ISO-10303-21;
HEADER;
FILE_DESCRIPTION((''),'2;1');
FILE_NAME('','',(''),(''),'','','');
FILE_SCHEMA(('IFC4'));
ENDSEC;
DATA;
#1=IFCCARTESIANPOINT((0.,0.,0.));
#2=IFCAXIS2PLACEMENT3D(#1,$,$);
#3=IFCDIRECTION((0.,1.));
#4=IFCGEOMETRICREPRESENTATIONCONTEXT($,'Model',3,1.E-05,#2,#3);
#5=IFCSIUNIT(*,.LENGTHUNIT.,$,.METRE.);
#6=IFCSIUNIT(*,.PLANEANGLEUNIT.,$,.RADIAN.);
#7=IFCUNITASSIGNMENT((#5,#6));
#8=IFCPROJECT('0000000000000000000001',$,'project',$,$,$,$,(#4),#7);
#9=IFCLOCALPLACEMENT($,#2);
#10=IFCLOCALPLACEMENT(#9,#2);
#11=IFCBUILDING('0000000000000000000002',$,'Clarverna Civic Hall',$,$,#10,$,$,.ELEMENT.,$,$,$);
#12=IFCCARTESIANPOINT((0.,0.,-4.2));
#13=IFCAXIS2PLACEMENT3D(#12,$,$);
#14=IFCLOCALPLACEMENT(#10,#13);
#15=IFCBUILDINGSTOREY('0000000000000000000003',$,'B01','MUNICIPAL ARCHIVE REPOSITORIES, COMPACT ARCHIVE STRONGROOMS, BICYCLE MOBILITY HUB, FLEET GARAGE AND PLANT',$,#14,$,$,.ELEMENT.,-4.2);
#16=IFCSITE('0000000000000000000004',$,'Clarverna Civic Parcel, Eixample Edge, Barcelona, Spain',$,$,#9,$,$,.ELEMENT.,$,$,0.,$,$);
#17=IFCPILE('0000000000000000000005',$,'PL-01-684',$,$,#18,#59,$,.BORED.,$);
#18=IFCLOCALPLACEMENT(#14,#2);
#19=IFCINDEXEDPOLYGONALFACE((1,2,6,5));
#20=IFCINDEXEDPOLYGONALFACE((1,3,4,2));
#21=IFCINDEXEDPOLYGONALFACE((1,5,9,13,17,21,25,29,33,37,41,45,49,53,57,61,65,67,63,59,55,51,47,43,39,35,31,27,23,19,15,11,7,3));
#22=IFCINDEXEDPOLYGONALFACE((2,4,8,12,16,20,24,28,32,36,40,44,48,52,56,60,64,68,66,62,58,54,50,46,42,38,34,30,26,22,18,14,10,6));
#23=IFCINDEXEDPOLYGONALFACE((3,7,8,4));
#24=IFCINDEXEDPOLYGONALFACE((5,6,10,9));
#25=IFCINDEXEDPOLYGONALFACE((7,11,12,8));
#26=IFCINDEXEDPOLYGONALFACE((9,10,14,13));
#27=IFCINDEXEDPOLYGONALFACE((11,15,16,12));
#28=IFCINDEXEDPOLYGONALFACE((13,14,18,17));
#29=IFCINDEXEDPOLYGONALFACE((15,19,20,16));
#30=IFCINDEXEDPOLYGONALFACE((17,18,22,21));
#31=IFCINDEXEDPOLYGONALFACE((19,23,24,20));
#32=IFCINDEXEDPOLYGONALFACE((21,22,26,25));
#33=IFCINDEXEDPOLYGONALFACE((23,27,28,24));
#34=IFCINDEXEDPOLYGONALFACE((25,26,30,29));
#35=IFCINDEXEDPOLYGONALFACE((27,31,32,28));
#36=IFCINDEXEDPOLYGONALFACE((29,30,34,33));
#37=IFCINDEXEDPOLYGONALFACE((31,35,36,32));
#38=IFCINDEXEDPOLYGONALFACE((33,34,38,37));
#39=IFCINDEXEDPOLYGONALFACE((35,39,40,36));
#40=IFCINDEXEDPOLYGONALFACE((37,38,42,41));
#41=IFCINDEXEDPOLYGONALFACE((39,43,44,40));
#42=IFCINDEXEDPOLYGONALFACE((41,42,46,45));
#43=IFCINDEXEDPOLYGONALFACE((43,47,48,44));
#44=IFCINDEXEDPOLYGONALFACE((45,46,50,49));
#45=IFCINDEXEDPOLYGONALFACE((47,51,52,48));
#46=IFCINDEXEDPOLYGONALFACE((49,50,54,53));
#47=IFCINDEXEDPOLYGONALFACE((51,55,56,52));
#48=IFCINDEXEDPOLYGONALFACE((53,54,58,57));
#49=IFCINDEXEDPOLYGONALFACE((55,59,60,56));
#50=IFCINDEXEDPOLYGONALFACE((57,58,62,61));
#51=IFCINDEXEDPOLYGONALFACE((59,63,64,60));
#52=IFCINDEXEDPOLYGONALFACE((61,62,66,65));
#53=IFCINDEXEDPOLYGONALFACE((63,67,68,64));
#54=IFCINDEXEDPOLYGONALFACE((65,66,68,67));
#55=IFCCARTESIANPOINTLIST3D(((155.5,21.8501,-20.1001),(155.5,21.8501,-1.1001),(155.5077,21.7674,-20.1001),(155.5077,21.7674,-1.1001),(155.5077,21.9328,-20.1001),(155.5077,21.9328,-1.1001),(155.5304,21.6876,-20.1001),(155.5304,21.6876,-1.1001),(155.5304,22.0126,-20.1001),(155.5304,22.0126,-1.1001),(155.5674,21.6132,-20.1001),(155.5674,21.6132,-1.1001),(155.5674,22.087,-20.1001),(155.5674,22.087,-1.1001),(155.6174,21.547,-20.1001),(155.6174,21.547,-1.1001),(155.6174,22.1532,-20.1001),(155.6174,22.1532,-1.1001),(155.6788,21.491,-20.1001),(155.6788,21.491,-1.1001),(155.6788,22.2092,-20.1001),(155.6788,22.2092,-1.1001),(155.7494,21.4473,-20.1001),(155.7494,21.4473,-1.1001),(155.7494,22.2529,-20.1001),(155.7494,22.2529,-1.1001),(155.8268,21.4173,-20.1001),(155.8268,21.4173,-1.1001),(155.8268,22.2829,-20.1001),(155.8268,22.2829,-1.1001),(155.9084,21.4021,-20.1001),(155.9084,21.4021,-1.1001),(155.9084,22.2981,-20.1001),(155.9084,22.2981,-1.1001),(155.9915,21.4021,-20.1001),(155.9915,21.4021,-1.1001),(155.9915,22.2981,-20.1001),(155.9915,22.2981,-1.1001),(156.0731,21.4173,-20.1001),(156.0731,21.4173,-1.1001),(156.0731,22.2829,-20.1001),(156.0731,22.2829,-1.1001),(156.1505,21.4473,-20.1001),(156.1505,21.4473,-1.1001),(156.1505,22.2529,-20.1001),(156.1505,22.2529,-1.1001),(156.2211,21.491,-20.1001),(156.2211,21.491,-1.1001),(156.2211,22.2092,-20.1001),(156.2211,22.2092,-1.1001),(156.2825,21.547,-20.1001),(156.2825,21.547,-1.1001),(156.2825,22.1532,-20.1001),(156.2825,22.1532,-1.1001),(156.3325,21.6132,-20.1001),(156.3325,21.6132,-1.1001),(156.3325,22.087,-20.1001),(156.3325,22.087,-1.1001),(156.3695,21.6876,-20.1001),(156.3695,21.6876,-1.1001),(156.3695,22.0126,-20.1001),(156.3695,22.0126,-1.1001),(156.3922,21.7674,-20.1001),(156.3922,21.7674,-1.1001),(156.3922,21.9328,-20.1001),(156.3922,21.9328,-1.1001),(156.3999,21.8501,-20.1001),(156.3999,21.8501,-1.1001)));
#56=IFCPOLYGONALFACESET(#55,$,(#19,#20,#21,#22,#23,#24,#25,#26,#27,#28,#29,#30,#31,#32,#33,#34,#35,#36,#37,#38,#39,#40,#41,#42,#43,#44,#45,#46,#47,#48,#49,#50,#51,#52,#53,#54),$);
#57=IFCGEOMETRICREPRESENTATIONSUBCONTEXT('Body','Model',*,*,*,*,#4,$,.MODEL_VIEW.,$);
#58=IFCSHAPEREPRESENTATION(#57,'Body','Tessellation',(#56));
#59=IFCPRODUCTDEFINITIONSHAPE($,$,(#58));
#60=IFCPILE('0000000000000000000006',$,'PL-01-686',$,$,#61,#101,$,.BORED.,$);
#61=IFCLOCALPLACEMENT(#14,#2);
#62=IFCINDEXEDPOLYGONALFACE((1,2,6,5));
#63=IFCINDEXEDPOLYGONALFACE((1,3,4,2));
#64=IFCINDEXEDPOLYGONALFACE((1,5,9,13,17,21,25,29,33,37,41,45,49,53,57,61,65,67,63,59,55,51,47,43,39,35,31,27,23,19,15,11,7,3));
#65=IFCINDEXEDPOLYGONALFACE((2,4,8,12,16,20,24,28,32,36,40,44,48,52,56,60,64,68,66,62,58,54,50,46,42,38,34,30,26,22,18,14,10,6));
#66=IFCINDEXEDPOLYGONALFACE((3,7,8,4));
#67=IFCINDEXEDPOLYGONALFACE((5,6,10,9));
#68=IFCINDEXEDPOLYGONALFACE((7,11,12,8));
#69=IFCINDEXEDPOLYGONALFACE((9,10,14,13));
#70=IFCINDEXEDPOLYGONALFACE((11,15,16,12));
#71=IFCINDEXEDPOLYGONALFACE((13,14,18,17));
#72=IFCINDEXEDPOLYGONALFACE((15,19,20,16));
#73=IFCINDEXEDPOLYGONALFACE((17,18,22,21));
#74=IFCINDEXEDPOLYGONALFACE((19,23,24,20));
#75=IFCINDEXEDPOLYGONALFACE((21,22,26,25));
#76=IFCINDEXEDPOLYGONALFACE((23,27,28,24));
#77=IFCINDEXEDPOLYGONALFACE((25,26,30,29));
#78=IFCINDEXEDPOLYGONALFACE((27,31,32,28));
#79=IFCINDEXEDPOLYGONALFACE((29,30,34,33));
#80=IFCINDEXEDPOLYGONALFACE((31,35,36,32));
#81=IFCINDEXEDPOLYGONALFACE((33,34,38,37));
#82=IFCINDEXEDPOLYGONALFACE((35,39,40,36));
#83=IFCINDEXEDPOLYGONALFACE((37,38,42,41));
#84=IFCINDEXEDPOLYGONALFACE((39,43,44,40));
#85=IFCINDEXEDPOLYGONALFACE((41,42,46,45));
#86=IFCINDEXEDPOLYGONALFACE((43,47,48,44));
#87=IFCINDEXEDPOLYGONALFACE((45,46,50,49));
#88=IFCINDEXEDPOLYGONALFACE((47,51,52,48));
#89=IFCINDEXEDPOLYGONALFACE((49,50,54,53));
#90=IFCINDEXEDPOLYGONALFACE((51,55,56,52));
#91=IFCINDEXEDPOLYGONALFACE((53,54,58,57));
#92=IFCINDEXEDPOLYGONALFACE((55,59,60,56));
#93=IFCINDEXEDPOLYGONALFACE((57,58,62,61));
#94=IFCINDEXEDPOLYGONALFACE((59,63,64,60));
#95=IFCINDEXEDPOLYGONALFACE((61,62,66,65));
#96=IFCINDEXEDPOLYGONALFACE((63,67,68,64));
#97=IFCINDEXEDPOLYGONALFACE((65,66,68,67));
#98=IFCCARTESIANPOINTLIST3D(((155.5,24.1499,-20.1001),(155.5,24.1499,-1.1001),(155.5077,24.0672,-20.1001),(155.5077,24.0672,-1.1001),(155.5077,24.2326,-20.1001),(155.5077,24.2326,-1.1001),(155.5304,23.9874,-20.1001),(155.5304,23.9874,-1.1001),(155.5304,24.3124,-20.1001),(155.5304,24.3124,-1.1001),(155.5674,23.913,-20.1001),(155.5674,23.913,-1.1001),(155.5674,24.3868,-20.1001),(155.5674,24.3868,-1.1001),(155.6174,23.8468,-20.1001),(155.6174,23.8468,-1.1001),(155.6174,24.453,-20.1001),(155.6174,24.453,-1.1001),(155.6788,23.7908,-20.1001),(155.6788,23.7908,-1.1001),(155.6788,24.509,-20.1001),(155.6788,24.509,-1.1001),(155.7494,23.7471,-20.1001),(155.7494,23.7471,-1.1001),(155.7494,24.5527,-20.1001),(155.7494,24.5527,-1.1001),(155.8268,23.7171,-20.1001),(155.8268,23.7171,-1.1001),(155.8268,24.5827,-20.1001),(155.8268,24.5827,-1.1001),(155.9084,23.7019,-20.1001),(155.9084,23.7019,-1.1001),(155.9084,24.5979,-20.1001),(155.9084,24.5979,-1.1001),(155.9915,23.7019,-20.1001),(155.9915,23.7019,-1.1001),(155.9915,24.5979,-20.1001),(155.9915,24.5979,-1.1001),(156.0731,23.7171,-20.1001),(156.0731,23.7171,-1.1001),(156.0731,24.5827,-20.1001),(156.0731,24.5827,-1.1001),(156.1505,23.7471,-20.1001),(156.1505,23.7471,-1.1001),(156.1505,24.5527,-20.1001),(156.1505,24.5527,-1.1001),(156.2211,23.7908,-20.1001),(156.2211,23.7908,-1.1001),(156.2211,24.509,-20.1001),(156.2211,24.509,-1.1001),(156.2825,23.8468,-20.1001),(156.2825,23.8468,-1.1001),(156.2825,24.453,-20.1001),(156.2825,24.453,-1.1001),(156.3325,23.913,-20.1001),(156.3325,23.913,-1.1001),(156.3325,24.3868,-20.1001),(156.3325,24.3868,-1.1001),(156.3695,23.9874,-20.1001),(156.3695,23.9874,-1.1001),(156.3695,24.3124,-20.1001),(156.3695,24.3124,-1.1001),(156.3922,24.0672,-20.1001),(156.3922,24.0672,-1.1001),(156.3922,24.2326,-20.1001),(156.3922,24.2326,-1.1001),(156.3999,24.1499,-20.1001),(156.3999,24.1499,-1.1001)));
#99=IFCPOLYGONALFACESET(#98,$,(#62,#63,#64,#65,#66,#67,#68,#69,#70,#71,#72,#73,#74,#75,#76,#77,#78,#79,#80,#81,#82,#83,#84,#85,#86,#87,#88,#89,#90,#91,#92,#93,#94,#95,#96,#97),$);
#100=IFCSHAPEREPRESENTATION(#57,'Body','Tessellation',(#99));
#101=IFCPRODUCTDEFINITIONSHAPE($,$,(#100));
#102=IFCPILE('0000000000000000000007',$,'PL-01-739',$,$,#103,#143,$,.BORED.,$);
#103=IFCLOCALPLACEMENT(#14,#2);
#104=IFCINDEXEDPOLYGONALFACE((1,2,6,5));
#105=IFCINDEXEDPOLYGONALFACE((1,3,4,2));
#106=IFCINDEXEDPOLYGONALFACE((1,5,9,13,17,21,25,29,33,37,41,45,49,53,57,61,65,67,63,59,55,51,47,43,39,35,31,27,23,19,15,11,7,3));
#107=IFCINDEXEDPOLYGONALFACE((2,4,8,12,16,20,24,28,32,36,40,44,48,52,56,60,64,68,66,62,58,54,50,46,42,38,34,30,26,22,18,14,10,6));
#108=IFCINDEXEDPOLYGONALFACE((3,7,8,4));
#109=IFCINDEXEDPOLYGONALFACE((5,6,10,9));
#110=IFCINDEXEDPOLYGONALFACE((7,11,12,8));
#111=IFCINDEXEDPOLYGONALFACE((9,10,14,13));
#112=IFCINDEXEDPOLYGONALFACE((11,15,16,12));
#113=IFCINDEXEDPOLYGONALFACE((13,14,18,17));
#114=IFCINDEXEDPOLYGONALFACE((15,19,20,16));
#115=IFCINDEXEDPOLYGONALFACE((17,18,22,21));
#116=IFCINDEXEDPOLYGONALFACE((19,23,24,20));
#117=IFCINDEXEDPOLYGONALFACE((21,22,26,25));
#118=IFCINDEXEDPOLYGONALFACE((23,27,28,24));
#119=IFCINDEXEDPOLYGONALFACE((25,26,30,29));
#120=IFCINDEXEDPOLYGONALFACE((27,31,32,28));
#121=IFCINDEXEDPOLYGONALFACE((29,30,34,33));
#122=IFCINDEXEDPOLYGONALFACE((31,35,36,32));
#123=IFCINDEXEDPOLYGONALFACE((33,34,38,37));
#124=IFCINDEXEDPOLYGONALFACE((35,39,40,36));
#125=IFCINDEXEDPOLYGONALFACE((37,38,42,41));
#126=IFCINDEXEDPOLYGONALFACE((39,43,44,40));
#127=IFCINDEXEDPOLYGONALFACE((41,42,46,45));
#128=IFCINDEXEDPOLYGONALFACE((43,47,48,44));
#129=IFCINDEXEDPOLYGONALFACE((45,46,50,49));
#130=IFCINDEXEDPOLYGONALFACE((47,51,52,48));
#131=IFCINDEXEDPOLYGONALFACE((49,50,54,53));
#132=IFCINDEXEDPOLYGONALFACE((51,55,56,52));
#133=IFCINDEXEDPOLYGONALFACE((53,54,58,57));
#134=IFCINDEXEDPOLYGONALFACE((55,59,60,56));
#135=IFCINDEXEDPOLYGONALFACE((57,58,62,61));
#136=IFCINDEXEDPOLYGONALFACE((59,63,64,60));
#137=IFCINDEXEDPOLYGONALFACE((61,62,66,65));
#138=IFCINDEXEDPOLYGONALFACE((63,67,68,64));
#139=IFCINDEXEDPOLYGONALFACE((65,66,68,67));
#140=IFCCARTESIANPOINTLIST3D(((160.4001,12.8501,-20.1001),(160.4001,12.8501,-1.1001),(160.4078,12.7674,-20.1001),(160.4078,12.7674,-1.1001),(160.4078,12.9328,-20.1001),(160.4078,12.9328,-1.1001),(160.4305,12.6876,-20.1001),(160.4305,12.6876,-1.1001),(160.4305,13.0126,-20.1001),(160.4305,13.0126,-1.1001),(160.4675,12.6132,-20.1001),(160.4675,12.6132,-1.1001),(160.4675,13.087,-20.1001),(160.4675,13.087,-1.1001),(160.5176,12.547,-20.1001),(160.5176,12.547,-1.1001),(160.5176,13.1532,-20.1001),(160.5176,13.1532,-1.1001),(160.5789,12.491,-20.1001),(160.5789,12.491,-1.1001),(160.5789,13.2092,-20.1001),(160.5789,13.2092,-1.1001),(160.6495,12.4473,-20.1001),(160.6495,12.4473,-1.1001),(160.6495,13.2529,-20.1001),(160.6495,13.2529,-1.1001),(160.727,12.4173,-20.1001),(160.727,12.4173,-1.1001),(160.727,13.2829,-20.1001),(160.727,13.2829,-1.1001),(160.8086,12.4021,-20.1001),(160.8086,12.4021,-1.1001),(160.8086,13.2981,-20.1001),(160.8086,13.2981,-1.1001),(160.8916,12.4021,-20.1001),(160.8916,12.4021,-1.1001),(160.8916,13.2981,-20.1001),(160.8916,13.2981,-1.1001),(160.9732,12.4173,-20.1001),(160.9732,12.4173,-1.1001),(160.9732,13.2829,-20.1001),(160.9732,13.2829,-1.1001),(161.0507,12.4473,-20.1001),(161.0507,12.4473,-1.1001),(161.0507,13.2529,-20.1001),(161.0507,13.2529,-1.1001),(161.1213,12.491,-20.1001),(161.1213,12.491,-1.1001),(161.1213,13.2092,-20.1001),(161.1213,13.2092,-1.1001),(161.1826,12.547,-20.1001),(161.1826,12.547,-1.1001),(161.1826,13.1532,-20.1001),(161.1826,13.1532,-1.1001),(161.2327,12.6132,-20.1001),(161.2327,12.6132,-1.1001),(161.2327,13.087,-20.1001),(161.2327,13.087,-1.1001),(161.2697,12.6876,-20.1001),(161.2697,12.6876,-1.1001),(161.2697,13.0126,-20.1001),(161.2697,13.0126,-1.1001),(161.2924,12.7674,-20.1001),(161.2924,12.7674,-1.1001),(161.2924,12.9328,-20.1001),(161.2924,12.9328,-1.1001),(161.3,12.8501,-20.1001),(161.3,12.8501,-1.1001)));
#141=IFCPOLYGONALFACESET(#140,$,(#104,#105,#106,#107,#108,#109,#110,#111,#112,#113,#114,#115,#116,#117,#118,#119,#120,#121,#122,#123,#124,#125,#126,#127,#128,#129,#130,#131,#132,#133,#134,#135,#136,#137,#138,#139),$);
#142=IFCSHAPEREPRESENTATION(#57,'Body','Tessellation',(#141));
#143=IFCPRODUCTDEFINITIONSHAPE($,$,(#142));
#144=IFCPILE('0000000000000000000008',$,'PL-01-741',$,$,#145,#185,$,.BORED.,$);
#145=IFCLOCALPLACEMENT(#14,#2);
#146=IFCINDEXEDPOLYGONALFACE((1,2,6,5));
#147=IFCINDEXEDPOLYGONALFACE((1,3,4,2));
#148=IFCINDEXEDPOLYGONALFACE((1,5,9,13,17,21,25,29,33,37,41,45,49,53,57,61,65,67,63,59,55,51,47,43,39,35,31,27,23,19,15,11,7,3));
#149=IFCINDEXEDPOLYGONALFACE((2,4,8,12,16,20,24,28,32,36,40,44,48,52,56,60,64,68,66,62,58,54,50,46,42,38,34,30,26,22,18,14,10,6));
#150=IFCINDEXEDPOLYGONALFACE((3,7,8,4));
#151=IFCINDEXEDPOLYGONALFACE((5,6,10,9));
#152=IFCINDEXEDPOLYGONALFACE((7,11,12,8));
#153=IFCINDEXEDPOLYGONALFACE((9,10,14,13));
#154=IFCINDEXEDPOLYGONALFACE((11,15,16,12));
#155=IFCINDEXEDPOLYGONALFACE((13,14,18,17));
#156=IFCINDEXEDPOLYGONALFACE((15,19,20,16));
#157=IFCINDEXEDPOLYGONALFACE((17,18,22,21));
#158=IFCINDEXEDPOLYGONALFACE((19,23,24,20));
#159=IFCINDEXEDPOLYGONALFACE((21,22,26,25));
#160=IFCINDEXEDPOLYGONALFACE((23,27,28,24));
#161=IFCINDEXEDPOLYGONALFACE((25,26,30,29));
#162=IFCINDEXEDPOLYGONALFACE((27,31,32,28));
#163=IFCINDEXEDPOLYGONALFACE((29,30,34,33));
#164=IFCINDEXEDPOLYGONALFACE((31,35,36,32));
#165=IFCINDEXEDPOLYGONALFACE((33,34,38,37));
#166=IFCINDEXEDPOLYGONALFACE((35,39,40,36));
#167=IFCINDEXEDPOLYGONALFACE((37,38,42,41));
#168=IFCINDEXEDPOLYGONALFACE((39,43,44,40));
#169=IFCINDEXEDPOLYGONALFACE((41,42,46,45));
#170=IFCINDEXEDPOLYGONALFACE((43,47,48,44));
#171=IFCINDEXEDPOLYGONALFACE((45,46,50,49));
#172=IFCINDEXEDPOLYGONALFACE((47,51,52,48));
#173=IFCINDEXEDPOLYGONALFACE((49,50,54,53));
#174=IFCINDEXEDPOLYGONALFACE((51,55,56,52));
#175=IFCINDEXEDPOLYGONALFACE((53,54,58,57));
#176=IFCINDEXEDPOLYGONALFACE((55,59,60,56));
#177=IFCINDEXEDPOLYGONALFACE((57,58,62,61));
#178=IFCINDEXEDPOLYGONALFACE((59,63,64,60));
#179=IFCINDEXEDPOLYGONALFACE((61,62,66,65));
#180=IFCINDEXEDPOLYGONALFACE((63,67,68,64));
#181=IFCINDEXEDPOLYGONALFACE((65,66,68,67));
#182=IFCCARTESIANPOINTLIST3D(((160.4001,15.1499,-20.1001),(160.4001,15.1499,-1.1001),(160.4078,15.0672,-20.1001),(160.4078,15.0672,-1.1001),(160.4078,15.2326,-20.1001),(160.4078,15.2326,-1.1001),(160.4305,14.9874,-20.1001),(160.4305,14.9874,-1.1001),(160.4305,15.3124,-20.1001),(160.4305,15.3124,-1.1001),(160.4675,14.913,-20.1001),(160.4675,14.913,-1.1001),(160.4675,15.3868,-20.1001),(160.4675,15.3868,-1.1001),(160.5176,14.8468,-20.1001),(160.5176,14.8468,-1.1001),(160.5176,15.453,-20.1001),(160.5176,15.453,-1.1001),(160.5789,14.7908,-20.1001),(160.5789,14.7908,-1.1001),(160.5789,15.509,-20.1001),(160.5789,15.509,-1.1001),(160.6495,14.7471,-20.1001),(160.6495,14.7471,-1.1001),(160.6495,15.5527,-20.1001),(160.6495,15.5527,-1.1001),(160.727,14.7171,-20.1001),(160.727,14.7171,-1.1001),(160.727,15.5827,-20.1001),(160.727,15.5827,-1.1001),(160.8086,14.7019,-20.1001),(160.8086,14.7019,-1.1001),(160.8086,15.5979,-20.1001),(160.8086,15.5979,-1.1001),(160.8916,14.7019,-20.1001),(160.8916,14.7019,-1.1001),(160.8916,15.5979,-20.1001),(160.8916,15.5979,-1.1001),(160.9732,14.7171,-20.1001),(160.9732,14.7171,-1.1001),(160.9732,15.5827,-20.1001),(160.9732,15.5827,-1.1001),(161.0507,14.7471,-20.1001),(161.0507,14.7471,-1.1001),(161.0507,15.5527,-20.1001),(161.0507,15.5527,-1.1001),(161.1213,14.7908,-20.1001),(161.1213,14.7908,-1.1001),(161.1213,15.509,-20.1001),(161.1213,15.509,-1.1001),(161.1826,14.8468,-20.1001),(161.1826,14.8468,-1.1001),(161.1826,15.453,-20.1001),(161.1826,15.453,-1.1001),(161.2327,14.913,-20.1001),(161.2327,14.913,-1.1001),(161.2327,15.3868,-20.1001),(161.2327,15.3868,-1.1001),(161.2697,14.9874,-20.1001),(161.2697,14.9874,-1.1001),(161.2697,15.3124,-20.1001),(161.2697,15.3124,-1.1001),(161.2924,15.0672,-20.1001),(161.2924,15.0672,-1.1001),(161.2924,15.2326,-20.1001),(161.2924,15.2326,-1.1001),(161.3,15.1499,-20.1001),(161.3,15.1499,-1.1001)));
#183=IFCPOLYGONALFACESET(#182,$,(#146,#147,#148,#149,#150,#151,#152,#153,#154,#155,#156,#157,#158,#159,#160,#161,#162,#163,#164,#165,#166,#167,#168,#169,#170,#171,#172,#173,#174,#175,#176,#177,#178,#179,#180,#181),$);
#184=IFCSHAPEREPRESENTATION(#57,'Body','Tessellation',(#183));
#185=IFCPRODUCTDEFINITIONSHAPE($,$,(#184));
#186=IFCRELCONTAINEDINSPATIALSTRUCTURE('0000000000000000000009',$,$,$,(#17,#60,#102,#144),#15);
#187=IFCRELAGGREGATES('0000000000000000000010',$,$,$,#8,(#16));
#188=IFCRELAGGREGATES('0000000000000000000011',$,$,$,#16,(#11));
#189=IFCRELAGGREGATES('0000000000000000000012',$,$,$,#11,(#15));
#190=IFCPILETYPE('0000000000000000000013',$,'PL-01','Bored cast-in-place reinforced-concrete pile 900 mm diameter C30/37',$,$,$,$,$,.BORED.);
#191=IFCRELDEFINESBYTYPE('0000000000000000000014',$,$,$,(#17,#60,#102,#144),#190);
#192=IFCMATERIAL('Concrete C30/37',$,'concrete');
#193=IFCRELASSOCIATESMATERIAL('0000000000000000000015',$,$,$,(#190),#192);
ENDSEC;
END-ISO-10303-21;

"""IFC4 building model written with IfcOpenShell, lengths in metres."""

from ifc_helpers import new_model, si_unit, direction, frame, origin, origin_2d, place, context, subcontext, project, spatial, circle, extrude, material, material_profile, profile_set, type_object, element, save


model = new_model("IFC4")

# Units and contexts
model_context = context("Model", 3, precision=1e-05, world=origin(), true_north=direction((0.0, 1.0)))
body_context = subcontext(model_context, "Body", "Model", "MODEL_VIEW")
ifc_project = project(units=[si_unit("LENGTHUNIT", "METRE"), si_unit("PLANEANGLEUNIT", "RADIAN")], contexts=[model_context])

# Site, building, storey
site_placement = place(None, origin())
site = spatial("IfcSite", under=ifc_project, at=site_placement, Name="Clarverna Civic Parcel, Eixample Edge, Barcelona, Spain", CompositionType="ELEMENT", RefElevation=0.0)
building_placement = place(site_placement, origin())
building = spatial("IfcBuilding", under=site, at=building_placement, Name="Clarverna Civic Hall", CompositionType="ELEMENT")
storey_placement = place(building_placement, frame((0.0, 0.0, -4.2)))
storey = spatial("IfcBuildingStorey", under=building, at=storey_placement, Name="B01", Description="MUNICIPAL ARCHIVE REPOSITORIES, COMPACT ARCHIVE STRONGROOMS, BICYCLE MOBILITY HUB, FLEET GARAGE AND PLANT", CompositionType="ELEMENT", Elevation=-4.2)

# Shared definitions
ifc_material_1 = material(Name="Concrete C30/37", Category="concrete")

# Piles
ifc_material_profile_1 = material_profile(ifc_material_1, circle(Radius=0.45, at=origin_2d()), Name="BORED PILE D900")
ifc_profile_set_1 = profile_set([ifc_material_profile_1], Name="Concrete C30/37")
pile_type = type_object("IfcPileType", Name="PL-01", Description="Bored cast-in-place reinforced-concrete pile 900 mm diameter C30/37", PredefinedType="BORED", material=ifc_profile_set_1)
for number, where, z_axis, x_axis, name in (
    (1, (155.95, 21.8501, -1.1001), (0.0, 0.0, -1.0), (1.0, 0.0, 0.0), "PL-01-684"),
    (2, (155.95, 24.1499, -1.1001), (0.0, 0.0, -1.0), (1.0, 0.0, 0.0), "PL-01-686"),
    (3, (160.8501, 12.8501, -1.1001), (0.0, 0.0, -1.0), (1.0, 0.0, 0.0), "PL-01-739"),
    (4, (160.8501, 15.1499, -1.1001), (0.0, 0.0, -1.0), (1.0, 0.0, 0.0), "PL-01-741"),
):
    element("IfcPile", number, at=place(storey_placement, frame(where, z_axis=z_axis, x_axis=x_axis)), inside=storey, type_object=pile_type, Name=name, PredefinedType="BORED", context=body_context, shape_type="SweptSolid", body=[
        extrude(circle(Radius=0.45, at=origin_2d()), origin(), (0.0, 0.0, 1.0), 19.0),
    ])

save(model, "model.ifc")
